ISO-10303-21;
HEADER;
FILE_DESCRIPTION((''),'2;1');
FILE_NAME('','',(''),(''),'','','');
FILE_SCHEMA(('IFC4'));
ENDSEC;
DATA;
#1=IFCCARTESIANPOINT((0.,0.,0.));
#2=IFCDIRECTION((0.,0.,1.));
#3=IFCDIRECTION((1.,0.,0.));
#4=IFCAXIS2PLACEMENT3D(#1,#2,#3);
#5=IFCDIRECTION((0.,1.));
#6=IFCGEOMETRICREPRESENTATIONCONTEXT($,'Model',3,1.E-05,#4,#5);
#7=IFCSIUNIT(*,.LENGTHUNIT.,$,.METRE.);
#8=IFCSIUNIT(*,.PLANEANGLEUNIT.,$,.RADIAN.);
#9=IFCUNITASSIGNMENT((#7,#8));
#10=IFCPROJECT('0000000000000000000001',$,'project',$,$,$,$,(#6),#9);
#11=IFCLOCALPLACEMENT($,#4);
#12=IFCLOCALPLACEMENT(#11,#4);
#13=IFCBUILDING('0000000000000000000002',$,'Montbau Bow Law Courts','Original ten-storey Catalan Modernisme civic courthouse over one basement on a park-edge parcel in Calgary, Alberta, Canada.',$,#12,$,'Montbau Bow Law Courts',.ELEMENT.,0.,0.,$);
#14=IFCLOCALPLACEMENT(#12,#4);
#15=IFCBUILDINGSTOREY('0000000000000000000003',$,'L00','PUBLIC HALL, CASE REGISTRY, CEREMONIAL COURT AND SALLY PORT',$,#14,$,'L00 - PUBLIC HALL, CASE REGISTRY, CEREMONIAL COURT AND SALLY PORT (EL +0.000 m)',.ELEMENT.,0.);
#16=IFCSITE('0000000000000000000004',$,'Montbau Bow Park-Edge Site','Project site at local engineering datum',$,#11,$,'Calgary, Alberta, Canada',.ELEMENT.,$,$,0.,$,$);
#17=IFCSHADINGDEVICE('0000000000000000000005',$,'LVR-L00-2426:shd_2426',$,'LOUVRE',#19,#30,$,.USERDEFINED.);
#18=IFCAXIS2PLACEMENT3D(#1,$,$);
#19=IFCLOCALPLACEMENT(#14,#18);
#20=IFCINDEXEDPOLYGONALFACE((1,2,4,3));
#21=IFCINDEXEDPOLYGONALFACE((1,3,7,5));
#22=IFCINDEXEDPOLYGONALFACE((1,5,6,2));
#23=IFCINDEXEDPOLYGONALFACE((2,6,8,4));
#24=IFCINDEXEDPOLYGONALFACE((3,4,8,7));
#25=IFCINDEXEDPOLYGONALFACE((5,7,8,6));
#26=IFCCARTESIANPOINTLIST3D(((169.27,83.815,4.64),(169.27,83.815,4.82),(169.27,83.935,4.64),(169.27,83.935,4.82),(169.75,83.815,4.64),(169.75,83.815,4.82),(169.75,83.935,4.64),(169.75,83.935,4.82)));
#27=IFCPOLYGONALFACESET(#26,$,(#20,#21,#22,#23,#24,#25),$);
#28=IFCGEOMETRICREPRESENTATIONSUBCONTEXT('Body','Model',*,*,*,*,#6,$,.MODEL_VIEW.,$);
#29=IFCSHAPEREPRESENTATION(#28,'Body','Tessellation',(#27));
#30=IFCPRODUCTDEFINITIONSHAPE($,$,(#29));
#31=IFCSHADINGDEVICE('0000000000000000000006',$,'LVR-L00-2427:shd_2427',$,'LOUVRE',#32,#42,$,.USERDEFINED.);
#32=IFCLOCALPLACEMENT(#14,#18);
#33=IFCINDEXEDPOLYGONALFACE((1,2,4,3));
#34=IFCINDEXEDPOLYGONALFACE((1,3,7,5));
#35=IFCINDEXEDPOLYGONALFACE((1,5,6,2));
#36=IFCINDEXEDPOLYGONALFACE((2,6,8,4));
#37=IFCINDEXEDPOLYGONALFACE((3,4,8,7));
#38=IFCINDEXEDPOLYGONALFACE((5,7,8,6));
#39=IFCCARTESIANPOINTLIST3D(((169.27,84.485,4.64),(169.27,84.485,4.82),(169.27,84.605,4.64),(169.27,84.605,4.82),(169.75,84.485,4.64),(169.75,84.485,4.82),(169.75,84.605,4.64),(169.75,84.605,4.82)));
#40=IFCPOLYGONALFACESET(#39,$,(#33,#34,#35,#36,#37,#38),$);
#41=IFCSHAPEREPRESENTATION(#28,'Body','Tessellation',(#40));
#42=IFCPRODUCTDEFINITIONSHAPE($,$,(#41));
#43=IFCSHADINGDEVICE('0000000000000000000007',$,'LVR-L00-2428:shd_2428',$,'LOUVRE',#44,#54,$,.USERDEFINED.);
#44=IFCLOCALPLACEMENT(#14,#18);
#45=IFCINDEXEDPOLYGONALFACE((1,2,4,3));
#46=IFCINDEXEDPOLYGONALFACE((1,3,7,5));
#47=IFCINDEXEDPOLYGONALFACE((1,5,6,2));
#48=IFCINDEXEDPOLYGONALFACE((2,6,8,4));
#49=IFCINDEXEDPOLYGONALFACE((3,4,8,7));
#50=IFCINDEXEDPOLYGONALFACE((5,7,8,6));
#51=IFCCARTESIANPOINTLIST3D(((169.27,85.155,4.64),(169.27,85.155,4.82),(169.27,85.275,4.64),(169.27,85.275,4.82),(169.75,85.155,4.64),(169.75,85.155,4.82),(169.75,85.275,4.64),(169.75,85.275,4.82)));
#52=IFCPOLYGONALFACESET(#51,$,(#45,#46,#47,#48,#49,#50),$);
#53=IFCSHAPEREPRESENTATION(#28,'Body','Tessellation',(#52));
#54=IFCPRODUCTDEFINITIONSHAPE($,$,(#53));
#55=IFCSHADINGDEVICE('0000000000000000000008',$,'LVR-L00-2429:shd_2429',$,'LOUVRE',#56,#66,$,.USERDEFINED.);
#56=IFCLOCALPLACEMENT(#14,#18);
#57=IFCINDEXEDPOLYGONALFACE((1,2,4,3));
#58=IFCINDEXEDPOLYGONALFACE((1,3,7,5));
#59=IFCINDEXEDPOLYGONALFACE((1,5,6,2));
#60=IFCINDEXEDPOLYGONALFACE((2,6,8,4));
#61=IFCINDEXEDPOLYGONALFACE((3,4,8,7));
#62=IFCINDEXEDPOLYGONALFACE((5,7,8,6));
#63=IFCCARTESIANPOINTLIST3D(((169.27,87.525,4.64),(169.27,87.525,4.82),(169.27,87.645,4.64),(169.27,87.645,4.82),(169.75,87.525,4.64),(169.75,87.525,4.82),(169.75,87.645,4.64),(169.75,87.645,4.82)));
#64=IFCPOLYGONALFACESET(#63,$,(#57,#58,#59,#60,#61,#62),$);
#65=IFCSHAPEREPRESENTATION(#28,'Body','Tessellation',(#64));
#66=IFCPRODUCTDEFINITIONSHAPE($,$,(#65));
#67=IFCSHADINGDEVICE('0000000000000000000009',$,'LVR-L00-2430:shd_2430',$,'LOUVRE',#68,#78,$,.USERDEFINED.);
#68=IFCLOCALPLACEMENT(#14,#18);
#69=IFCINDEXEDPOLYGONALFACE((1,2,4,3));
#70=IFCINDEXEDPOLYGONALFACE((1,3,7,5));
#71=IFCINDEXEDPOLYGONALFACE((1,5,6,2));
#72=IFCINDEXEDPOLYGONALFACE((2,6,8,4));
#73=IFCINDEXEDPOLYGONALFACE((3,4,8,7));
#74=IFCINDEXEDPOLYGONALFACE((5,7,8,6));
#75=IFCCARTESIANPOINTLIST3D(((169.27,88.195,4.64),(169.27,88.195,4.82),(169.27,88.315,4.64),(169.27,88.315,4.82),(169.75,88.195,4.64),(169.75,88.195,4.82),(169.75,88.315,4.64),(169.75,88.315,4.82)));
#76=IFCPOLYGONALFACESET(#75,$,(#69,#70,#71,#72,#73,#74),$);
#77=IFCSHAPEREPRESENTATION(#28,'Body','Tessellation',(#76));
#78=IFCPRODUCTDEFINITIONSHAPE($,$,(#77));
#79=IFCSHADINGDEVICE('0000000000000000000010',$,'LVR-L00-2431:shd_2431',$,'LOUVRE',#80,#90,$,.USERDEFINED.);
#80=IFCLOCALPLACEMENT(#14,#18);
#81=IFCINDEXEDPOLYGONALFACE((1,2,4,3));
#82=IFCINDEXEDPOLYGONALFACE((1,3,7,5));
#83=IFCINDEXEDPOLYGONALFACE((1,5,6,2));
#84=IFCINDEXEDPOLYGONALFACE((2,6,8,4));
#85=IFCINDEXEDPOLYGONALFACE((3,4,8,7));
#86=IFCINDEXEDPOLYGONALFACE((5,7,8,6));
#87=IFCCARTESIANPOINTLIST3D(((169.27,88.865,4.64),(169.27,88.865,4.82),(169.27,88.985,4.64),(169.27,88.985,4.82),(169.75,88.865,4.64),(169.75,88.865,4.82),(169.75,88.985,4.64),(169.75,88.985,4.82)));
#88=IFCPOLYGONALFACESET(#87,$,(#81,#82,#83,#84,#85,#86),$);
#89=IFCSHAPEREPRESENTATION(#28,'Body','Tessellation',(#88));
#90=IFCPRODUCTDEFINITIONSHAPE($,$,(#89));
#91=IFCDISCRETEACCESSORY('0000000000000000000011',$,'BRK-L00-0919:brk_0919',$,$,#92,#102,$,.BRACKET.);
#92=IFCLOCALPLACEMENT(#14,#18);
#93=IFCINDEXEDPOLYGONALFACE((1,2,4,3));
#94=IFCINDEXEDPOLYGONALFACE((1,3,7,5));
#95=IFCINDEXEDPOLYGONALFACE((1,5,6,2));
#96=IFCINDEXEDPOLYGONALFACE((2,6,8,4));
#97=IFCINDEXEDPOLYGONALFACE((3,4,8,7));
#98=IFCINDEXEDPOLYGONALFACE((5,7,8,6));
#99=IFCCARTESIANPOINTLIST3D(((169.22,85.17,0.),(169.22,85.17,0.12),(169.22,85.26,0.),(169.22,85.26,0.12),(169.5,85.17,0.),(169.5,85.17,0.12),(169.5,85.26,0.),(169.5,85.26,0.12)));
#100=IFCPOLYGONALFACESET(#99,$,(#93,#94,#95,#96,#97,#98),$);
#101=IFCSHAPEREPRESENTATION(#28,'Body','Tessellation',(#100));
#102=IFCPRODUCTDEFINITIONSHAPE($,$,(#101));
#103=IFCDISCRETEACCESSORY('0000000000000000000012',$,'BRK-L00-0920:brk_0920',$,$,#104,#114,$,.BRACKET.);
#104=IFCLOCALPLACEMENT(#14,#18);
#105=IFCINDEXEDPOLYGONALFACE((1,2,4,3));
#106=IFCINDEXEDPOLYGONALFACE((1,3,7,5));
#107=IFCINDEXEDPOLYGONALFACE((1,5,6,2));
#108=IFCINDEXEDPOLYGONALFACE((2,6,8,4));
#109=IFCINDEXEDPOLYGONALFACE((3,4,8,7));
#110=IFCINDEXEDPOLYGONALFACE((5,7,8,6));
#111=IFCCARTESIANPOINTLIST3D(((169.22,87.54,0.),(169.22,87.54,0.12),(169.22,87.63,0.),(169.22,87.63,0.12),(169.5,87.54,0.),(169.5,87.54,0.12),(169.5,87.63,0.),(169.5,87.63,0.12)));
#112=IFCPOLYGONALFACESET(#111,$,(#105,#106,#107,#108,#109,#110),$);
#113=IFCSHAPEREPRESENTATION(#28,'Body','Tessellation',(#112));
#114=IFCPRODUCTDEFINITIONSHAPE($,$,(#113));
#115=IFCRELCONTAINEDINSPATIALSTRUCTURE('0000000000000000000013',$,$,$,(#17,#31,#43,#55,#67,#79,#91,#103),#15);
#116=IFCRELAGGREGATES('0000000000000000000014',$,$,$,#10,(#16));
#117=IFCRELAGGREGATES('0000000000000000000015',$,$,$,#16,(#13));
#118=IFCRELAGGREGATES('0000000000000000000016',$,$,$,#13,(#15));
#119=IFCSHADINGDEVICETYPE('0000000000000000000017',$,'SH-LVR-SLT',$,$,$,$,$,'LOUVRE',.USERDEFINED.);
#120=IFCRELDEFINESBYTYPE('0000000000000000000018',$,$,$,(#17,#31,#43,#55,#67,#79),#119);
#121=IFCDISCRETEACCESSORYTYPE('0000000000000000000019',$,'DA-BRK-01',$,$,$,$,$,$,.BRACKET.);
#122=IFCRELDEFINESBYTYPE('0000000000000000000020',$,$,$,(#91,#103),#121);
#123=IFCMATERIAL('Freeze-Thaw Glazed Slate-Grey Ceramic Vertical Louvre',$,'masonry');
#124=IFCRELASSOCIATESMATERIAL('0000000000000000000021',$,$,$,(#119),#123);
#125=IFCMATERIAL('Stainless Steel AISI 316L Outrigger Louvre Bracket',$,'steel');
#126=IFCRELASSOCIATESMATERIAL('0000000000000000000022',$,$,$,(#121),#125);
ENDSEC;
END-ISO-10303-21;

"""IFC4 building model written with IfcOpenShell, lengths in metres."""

from ifc_helpers import new_model, si_unit, direction, frame, origin_with_axes, origin_2d_with_axis, place, context, subcontext, project, spatial, rectangle, extrude, material, type_object, element, save


model = new_model("IFC4")

# Units and contexts
model_context = context("Model", 3, precision=1e-05, world=origin_with_axes(), true_north=direction((0.0, 1.0)))
body_context = subcontext(model_context, "Body", "Model", "MODEL_VIEW")
ifc_project = project(units=[si_unit("LENGTHUNIT", "METRE"), si_unit("PLANEANGLEUNIT", "RADIAN")], contexts=[model_context])

# Site, building, storey
site_placement = place(None, origin_with_axes())
site = spatial("IfcSite", under=ifc_project, at=site_placement, Name="Montbau Bow Park-Edge Site", Description="Project site at local engineering datum", LongName="Calgary, Alberta, Canada", CompositionType="ELEMENT", RefElevation=0.0)
building_placement = place(site_placement, origin_with_axes())
building = spatial("IfcBuilding", under=site, at=building_placement, Name="Montbau Bow Law Courts", Description="Original ten-storey Catalan Modernisme civic courthouse over one basement on a park-edge parcel in Calgary, Alberta, Canada.", LongName="Montbau Bow Law Courts", CompositionType="ELEMENT", ElevationOfRefHeight=0.0, ElevationOfTerrain=0.0)
storey_placement = place(building_placement, origin_with_axes())
storey = spatial("IfcBuildingStorey", under=building, at=storey_placement, Name="L00", Description="PUBLIC HALL, CASE REGISTRY, CEREMONIAL COURT AND SALLY PORT", LongName="L00 - PUBLIC HALL, CASE REGISTRY, CEREMONIAL COURT AND SALLY PORT (EL +0.000 m)", CompositionType="ELEMENT", Elevation=0.0)

# Shared definitions
ifc_material_1 = material(Name="Freeze-Thaw Glazed Slate-Grey Ceramic Vertical Louvre", Category="masonry")

# Shading devices
shading_device_type = type_object("IfcShadingDeviceType", Name="SH-LVR-SLT", ElementType="LOUVRE", PredefinedType="USERDEFINED", material=ifc_material_1)
for number, where, z_axis, x_axis, name in (
    (1, (169.51, 83.875, 4.64), (0.0, 0.0, 1.0), (1.0, 0.0, 0.0), "LVR-L00-2426:shd_2426"),
    (2, (169.51, 84.545, 4.64), (0.0, 0.0, 1.0), (1.0, 0.0, 0.0), "LVR-L00-2427:shd_2427"),
    (3, (169.51, 85.215, 4.64), (0.0, 0.0, 1.0), (1.0, 0.0, 0.0), "LVR-L00-2428:shd_2428"),
    (4, (169.51, 87.585, 4.64), (0.0, 0.0, 1.0), (1.0, 0.0, 0.0), "LVR-L00-2429:shd_2429"),
    (5, (169.51, 88.255, 4.64), (0.0, 0.0, 1.0), (1.0, 0.0, 0.0), "LVR-L00-2430:shd_2430"),
    (6, (169.51, 88.925, 4.64), (0.0, 0.0, 1.0), (1.0, 0.0, 0.0), "LVR-L00-2431:shd_2431"),
):
    element("IfcShadingDevice", number, at=place(None, frame(where, z_axis=z_axis, x_axis=x_axis)), inside=storey, type_object=shading_device_type, Name=name, ObjectType="LOUVRE", PredefinedType="USERDEFINED", context=body_context, shape_type="SweptSolid", body=[
        extrude(rectangle(XDim=0.48, YDim=0.12, at=origin_2d_with_axis()), origin_with_axes(), (0.0, 0.0, 1.0), 0.18),
    ])

# Discrete accessories
ifc_material_2 = material(Name="Stainless Steel AISI 316L Outrigger Louvre Bracket", Category="steel")
discrete_accessory_type = type_object("IfcDiscreteAccessoryType", Name="DA-BRK-01", PredefinedType="BRACKET", material=ifc_material_2)
for number, where, z_axis, x_axis, name in (
    (7, (169.36, 85.215, 0.0), (0.0, 0.0, 1.0), (1.0, 0.0, 0.0), "BRK-L00-0919:brk_0919"),
    (8, (169.36, 87.585, 0.0), (0.0, 0.0, 1.0), (1.0, 0.0, 0.0), "BRK-L00-0920:brk_0920"),
):
    element("IfcDiscreteAccessory", number, at=place(None, frame(where, z_axis=z_axis, x_axis=x_axis)), inside=storey, type_object=discrete_accessory_type, Name=name, PredefinedType="BRACKET", context=body_context, shape_type="SweptSolid", body=[
        extrude(rectangle(XDim=0.28, YDim=0.09, at=origin_2d_with_axis()), origin_with_axes(), (0.0, 0.0, 1.0), 0.12),
    ])

save(model, "model.ifc")
